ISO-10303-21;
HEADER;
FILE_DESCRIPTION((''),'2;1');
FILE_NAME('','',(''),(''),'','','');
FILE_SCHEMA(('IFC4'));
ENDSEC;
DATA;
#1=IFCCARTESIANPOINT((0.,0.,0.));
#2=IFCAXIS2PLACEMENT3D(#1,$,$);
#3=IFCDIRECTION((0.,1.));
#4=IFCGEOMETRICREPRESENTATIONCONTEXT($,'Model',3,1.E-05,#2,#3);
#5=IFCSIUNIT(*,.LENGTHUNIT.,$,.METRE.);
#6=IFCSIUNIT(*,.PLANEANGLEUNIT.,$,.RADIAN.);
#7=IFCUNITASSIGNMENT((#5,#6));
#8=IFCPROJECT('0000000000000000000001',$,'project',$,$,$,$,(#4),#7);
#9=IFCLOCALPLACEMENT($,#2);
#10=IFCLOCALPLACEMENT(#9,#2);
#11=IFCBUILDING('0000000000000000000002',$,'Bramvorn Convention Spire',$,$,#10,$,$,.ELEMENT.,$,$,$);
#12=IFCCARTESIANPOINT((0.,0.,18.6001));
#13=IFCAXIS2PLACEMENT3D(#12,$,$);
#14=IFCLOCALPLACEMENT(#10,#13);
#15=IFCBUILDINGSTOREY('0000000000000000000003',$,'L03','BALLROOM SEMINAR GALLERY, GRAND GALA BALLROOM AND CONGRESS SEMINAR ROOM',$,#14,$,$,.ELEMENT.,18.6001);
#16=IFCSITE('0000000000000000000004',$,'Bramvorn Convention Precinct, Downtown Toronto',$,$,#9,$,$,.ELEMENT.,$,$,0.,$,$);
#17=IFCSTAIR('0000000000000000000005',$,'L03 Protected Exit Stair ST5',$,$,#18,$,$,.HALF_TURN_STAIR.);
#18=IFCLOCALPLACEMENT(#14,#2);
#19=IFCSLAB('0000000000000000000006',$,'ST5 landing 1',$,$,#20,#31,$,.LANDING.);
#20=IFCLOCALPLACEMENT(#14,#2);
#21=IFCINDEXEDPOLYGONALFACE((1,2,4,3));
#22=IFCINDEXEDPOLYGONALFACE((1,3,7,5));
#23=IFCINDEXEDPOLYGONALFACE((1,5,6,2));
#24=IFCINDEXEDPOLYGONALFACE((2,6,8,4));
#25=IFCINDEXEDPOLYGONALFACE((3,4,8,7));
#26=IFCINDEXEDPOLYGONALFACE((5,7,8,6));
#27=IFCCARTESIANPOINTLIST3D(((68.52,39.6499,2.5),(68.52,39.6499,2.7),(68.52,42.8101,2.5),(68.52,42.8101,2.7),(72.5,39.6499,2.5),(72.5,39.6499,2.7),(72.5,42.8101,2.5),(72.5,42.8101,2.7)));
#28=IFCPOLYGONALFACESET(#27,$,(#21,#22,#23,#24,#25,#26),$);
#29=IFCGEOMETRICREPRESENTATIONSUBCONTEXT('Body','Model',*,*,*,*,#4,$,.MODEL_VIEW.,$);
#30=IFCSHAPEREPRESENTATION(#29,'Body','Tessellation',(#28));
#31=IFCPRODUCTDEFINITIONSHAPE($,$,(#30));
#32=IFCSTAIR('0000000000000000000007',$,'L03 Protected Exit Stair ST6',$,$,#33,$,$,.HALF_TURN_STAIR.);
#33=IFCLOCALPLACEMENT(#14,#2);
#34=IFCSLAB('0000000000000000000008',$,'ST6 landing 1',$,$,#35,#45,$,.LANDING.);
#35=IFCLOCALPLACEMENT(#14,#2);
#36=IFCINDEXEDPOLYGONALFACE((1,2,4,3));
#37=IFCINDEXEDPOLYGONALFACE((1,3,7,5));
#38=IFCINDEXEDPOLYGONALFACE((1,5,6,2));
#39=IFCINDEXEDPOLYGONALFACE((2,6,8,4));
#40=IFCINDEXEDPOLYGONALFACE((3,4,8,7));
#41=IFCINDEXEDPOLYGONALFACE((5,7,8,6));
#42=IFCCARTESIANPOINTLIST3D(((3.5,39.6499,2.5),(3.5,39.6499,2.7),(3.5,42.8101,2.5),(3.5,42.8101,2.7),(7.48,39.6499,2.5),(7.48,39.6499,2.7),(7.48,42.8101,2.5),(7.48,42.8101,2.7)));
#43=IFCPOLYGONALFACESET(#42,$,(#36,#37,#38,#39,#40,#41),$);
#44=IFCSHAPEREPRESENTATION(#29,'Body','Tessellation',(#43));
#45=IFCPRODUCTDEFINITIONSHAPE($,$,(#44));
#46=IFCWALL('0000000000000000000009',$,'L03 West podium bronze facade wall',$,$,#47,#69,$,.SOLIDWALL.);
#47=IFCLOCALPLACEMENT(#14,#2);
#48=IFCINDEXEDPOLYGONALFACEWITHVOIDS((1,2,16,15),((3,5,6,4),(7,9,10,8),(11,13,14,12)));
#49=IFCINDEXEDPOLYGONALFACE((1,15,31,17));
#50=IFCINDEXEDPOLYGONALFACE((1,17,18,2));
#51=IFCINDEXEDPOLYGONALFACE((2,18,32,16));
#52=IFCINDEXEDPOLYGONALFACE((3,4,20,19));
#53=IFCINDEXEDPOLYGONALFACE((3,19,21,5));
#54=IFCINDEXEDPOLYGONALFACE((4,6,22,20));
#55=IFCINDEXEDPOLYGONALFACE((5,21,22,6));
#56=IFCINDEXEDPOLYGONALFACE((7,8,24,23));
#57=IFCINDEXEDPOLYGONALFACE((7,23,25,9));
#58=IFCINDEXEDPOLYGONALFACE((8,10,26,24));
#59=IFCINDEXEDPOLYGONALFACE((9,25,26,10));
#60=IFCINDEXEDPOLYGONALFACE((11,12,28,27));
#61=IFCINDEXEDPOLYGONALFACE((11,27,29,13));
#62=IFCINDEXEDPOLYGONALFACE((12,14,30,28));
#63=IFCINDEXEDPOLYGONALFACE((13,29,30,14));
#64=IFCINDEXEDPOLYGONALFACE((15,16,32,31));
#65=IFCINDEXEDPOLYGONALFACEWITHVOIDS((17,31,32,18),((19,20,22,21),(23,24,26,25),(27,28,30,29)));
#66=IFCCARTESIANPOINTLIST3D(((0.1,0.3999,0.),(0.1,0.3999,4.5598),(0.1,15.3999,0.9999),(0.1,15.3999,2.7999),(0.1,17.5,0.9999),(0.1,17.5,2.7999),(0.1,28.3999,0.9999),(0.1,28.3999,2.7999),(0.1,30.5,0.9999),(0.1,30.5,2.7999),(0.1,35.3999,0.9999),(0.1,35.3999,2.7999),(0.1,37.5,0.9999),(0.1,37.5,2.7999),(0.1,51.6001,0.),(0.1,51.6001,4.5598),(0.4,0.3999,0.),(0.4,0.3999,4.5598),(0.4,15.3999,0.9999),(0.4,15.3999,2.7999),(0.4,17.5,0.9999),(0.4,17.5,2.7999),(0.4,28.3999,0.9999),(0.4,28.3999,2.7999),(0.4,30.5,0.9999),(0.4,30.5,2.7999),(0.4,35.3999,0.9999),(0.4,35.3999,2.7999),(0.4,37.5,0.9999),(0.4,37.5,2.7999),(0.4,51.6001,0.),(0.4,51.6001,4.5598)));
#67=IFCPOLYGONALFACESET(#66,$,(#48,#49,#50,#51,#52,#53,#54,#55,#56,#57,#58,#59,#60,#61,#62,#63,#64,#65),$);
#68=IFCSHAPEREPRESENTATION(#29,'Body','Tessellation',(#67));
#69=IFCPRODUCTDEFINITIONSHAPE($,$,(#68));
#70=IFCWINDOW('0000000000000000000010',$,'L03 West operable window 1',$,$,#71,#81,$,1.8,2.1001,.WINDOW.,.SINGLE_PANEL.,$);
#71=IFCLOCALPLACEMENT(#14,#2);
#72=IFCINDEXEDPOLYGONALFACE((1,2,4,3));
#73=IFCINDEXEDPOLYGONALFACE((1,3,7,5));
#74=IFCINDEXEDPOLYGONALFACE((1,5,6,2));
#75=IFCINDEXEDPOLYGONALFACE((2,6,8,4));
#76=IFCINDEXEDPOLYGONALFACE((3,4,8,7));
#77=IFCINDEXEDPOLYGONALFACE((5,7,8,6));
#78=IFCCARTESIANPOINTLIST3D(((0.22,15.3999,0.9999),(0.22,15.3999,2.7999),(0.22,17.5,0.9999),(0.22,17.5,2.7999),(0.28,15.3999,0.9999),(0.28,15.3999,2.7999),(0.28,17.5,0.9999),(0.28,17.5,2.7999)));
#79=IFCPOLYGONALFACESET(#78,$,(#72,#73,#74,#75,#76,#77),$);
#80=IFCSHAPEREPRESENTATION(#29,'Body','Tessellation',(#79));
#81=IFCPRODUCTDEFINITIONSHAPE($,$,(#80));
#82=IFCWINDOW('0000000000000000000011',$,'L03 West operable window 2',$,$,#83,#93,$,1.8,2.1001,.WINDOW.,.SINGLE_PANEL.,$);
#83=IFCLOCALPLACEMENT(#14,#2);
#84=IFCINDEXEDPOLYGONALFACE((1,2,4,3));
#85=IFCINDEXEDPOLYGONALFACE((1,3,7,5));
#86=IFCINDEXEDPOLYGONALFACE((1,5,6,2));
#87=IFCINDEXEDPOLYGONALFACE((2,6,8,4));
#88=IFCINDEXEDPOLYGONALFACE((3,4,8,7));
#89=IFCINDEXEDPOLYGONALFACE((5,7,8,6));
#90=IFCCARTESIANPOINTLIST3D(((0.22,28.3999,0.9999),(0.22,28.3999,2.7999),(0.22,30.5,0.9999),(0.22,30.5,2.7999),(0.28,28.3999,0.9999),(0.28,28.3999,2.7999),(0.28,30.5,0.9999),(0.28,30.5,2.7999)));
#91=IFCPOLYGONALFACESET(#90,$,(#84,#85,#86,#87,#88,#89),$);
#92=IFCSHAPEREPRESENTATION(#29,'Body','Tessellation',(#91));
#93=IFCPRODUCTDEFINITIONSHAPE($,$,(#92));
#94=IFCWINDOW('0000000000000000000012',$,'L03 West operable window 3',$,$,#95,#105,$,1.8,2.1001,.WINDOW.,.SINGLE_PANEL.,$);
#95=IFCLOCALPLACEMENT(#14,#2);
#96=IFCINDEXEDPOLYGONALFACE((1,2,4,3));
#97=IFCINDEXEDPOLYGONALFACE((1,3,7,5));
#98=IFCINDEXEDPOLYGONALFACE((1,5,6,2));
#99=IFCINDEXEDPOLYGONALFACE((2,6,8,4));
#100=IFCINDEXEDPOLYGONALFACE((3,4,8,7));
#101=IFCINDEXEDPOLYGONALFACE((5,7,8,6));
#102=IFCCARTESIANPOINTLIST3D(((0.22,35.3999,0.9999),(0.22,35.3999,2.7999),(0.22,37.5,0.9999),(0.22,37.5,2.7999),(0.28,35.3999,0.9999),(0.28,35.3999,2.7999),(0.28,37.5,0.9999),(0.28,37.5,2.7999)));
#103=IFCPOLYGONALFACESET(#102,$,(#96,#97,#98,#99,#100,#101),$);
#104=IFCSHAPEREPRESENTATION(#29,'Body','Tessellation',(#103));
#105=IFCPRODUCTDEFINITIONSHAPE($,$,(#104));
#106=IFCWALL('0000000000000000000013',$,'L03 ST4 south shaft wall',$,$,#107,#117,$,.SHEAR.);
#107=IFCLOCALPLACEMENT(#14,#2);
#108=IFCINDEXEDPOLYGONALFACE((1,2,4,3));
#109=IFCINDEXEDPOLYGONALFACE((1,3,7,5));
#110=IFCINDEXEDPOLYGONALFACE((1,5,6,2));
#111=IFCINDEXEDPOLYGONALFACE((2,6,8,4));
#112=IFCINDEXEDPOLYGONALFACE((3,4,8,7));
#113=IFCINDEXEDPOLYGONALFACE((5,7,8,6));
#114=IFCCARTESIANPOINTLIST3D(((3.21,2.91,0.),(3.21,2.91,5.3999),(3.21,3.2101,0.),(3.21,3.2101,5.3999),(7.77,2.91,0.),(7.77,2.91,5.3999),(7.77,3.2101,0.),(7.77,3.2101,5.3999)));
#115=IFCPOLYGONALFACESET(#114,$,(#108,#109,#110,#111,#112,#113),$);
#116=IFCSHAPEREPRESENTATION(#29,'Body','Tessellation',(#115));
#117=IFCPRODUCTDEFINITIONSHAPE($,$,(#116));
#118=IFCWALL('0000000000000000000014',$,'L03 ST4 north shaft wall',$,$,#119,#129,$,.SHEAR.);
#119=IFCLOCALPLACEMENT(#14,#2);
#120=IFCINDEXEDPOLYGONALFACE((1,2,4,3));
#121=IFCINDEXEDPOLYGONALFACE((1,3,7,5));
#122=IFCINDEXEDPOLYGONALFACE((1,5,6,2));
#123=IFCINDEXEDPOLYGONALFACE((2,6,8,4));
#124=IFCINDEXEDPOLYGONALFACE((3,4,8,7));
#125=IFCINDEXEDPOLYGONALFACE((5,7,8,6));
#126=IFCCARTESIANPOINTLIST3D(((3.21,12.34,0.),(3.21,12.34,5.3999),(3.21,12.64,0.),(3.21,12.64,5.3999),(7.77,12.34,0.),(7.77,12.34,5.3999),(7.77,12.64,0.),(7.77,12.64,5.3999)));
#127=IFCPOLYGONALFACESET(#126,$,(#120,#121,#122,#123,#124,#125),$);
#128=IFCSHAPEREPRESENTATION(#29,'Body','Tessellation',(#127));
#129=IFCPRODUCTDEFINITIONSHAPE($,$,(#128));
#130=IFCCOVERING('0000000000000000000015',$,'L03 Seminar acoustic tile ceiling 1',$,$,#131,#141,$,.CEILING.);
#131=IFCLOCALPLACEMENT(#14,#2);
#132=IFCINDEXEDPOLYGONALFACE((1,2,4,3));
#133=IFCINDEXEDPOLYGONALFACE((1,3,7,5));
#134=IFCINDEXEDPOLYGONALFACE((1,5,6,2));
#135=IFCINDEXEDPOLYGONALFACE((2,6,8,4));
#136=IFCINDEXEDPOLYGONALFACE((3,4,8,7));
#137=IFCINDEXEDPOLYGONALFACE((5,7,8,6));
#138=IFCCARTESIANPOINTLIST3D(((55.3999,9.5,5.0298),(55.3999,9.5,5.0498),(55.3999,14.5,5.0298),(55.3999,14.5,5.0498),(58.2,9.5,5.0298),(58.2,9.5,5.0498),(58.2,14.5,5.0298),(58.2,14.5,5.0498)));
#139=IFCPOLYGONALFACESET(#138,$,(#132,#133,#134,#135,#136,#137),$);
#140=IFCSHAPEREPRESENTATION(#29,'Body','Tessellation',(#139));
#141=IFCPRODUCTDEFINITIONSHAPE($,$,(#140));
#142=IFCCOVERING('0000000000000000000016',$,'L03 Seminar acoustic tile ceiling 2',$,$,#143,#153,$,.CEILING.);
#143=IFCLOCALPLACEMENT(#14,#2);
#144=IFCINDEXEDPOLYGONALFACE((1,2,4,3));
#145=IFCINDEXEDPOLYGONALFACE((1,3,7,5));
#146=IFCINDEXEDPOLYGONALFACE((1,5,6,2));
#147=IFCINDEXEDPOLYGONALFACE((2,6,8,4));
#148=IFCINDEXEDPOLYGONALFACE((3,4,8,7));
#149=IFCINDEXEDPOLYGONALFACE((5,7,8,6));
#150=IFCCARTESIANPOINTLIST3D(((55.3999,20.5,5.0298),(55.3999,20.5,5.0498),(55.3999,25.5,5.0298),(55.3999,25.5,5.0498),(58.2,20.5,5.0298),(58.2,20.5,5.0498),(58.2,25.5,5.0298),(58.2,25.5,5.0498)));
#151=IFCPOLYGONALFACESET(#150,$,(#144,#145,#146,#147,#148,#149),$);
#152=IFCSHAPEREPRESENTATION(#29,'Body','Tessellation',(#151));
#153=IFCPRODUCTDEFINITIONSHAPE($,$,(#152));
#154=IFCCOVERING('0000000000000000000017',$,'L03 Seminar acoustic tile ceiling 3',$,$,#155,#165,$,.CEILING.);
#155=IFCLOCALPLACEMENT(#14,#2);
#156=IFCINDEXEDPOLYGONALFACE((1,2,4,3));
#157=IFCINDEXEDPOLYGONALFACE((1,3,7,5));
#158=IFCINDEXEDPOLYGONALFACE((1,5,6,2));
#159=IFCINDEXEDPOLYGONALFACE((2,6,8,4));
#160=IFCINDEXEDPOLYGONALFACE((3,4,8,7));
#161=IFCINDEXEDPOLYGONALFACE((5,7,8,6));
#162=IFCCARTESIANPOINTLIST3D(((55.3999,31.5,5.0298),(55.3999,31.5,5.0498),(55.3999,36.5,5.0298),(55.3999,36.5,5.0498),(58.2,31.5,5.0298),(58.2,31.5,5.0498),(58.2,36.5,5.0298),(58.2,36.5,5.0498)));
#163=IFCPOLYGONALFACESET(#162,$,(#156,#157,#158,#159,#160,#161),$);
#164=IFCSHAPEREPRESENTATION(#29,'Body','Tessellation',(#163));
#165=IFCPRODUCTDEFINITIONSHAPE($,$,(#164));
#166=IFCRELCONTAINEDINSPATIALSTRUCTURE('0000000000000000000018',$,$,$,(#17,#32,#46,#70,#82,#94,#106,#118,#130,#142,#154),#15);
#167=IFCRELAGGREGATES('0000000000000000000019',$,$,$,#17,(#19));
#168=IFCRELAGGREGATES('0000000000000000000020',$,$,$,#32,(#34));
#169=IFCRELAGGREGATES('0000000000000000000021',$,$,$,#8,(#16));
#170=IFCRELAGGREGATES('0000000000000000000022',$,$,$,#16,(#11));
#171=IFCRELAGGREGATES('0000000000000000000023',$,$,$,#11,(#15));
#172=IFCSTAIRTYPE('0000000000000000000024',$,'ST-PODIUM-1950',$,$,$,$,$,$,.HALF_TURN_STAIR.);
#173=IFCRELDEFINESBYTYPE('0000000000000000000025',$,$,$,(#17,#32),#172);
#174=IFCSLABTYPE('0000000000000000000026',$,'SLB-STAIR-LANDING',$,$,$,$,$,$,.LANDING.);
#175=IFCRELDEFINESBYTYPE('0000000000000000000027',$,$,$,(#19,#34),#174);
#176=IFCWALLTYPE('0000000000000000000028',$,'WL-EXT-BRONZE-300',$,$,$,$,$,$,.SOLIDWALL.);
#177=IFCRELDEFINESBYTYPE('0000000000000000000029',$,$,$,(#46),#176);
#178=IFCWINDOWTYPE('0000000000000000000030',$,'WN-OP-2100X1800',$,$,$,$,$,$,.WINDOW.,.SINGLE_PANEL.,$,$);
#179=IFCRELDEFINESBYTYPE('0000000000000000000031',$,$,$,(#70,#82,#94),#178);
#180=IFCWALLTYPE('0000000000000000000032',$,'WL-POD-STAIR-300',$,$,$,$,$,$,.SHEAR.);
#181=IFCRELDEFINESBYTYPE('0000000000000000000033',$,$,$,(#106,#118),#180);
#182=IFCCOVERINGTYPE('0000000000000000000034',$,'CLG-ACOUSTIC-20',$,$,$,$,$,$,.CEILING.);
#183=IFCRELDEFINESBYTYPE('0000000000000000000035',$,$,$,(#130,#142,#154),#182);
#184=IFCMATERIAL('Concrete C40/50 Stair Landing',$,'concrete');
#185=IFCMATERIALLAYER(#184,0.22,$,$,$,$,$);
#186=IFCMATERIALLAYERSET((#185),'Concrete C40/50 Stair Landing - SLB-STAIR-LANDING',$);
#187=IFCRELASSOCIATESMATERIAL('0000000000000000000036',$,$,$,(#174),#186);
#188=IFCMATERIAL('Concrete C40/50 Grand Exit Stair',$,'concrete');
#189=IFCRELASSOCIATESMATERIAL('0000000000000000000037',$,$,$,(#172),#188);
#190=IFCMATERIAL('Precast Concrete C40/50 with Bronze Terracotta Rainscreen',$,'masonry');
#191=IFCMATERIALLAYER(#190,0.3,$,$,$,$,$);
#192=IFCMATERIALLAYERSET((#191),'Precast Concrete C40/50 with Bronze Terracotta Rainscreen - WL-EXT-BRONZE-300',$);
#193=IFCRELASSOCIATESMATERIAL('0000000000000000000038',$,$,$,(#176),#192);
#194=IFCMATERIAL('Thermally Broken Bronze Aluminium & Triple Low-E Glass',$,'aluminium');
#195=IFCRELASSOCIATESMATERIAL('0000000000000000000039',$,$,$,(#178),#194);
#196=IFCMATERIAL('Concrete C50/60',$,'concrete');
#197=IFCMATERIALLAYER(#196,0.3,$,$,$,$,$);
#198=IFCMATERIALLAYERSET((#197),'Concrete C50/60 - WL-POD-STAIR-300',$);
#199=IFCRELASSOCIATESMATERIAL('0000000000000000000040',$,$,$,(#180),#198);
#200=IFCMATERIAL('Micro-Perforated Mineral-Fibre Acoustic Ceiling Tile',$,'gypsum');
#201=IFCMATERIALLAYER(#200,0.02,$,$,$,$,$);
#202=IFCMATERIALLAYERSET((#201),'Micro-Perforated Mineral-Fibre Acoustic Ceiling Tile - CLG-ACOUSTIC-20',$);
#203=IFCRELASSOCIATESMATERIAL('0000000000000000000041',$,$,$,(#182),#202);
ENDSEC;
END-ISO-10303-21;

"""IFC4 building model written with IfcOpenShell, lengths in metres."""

from ifc_helpers import new_model, si_unit, direction, frame, frame_2d, origin, place, context, subcontext, project, spatial, polyline, rectangle, outline, extrude, material, layer, layer_set, type_object, element, fill, aggregate, save


model = new_model("IFC4")

# Units and contexts
model_context = context("Model", 3, precision=1e-05, world=origin(), true_north=direction((0.0, 1.0)))
body_context = subcontext(model_context, "Body", "Model", "MODEL_VIEW")
ifc_project = project(units=[si_unit("LENGTHUNIT", "METRE"), si_unit("PLANEANGLEUNIT", "RADIAN")], contexts=[model_context])

# Site, building, storey
site_placement = place(None, origin())
site = spatial("IfcSite", under=ifc_project, at=site_placement, Name="Bramvorn Convention Precinct, Downtown Toronto", CompositionType="ELEMENT", RefElevation=0.0)
building_placement = place(site_placement, origin())
building = spatial("IfcBuilding", under=site, at=building_placement, Name="Bramvorn Convention Spire", CompositionType="ELEMENT")
storey_placement = place(building_placement, frame((0.0, 0.0, 18.6001)))
storey = spatial("IfcBuildingStorey", under=building, at=storey_placement, Name="L03", Description="BALLROOM SEMINAR GALLERY, GRAND GALA BALLROOM AND CONGRESS SEMINAR ROOM", CompositionType="ELEMENT", Elevation=18.6001)

# Shared definitions
ifc_material_1 = material(Name="Concrete C50/60", Category="concrete")

# Stairs, slabs
ifc_material_2 = material(Name="Concrete C40/50 Stair Landing", Category="concrete")
ifc_layer_1 = layer(ifc_material_2, 0.22)
ifc_layer_set_1 = layer_set([ifc_layer_1], Name="Concrete C40/50 Stair Landing - SLB-STAIR-LANDING")
slab_type_1 = type_object("IfcSlabType", Name="SLB-STAIR-LANDING", PredefinedType="LANDING", material=ifc_layer_set_1)
ifc_material_3 = material(Name="Concrete C40/50 Grand Exit Stair", Category="concrete")
stair_type_1 = type_object("IfcStairType", Name="ST-PODIUM-1950", PredefinedType="HALF_TURN_STAIR", material=ifc_material_3)
stair_1_placement = place(storey_placement, origin())
stair_1 = element("IfcStair", 1, at=stair_1_placement, inside=storey, type_object=stair_type_1, Name="L03 Protected Exit Stair ST5", PredefinedType="HALF_TURN_STAIR")
slab_1_placement = place(storey_placement, frame((0.0, 0.0, 2.5)))
slab_1 = element("IfcSlab", 2, at=slab_1_placement, type_object=slab_type_1, Name="ST5 landing 1", PredefinedType="LANDING", context=body_context, shape_type="SweptSolid", body=[
    extrude(outline(polyline([(68.52, 42.8101), (68.52, 39.6499), (72.5, 39.6499), (72.5, 42.8101), (68.52, 42.8101)])), origin(), (0.0, 0.0, 1.0), 0.2),
])
aggregate(stair_1, [slab_1])
stair_2_placement = place(storey_placement, origin())
stair_2 = element("IfcStair", 3, at=stair_2_placement, inside=storey, type_object=stair_type_1, Name="L03 Protected Exit Stair ST6", PredefinedType="HALF_TURN_STAIR")
slab_2_placement = place(storey_placement, frame((0.0, 0.0, 2.5)))
slab_2 = element("IfcSlab", 4, at=slab_2_placement, type_object=slab_type_1, Name="ST6 landing 1", PredefinedType="LANDING", context=body_context, shape_type="SweptSolid", body=[
    extrude(outline(polyline([(3.5, 42.8101), (3.5, 39.6499), (7.48, 39.6499), (7.48, 42.8101), (3.5, 42.8101)])), origin(), (0.0, 0.0, 1.0), 0.2),
])
aggregate(stair_2, [slab_2])

# Wall, openings, windows
ifc_material_4 = material(Name="Precast Concrete C40/50 with Bronze Terracotta Rainscreen", Category="masonry")
ifc_layer_2 = layer(ifc_material_4, 0.3)
ifc_layer_set_2 = layer_set([ifc_layer_2], Name="Precast Concrete C40/50 with Bronze Terracotta Rainscreen - WL-EXT-BRONZE-300")
wall_type_1 = type_object("IfcWallType", Name="WL-EXT-BRONZE-300", PredefinedType="SOLIDWALL", material=ifc_layer_set_2)
wall_placement = place(storey_placement, frame((0.25, 0.3999, 0.0), z_axis=(0.0, 0.0, 1.0), x_axis=(0.0, 1.0, 0.0)))
wall = element("IfcWall", 5, at=wall_placement, inside=storey, type_object=wall_type_1, Name="L03 West podium bronze facade wall", PredefinedType="SOLIDWALL", context=body_context, shape_type="SweptSolid", body=[
    extrude(rectangle(XDim=51.2002, YDim=0.3, at=frame_2d((25.6001, 0.0))), origin(), (0.0, 0.0, 1.0), 4.5598),
])
opening_1_placement = place(wall_placement, frame((15.0, 0.0, 1.0)))
opening_1 = element("IfcOpeningElement", 6, at=opening_1_placement, cuts=wall, PredefinedType="OPENING", context=body_context, shape_type="SweptSolid", body=[
    extrude(rectangle(XDim=2.1001, YDim=1.8, at=frame_2d((1.05, 0.8999))), frame((0.0, 0.1599, 0.0), z_axis=(0.0, -1.0, 0.0), x_axis=(1.0, 0.0, 0.0)), (0.0, 0.0, 1.0), 0.3201),
])
opening_2_placement = place(wall_placement, frame((28.0, 0.0, 1.0)))
opening_2 = element("IfcOpeningElement", 7, at=opening_2_placement, cuts=wall, PredefinedType="OPENING", context=body_context, shape_type="SweptSolid", body=[
    extrude(rectangle(XDim=2.1001, YDim=1.8, at=frame_2d((1.05, 0.8999))), frame((0.0, 0.1599, 0.0), z_axis=(0.0, -1.0, 0.0), x_axis=(1.0, 0.0, 0.0)), (0.0, 0.0, 1.0), 0.3201),
])
opening_3_placement = place(wall_placement, frame((35.0, 0.0, 1.0)))
opening_3 = element("IfcOpeningElement", 8, at=opening_3_placement, cuts=wall, PredefinedType="OPENING", context=body_context, shape_type="SweptSolid", body=[
    extrude(rectangle(XDim=2.1001, YDim=1.8, at=frame_2d((1.05, 0.8999))), frame((0.0, 0.1599, 0.0), z_axis=(0.0, -1.0, 0.0), x_axis=(1.0, 0.0, 0.0)), (0.0, 0.0, 1.0), 0.3201),
])
ifc_material_5 = material(Name="Thermally Broken Bronze Aluminium & Triple Low-E Glass", Category="aluminium")
window_type = type_object("IfcWindowType", Name="WN-OP-2100X1800", PartitioningType="SINGLE_PANEL", PredefinedType="WINDOW", material=ifc_material_5)
window_1_placement = place(opening_1_placement, origin())
window_1 = element("IfcWindow", 9, at=window_1_placement, inside=storey, type_object=window_type, Name="L03 West operable window 1", OverallHeight=1.8, OverallWidth=2.1001, PartitioningType="SINGLE_PANEL", PredefinedType="WINDOW", context=body_context, shape_type="SweptSolid", body=[
    extrude(rectangle(XDim=2.1001, YDim=1.8, at=frame_2d((1.05, 0.8999))), frame((0.0, 0.03, 0.0), z_axis=(0.0, -1.0, 0.0), x_axis=(1.0, 0.0, 0.0)), (0.0, 0.0, 1.0), 0.0601),
])
fill(opening_1, window_1)
window_2_placement = place(opening_2_placement, origin())
window_2 = element("IfcWindow", 10, at=window_2_placement, inside=storey, type_object=window_type, Name="L03 West operable window 2", OverallHeight=1.8, OverallWidth=2.1001, PartitioningType="SINGLE_PANEL", PredefinedType="WINDOW", context=body_context, shape_type="SweptSolid", body=[
    extrude(rectangle(XDim=2.1001, YDim=1.8, at=frame_2d((1.05, 0.8999))), frame((0.0, 0.03, 0.0), z_axis=(0.0, -1.0, 0.0), x_axis=(1.0, 0.0, 0.0)), (0.0, 0.0, 1.0), 0.0601),
])
fill(opening_2, window_2)
window_3_placement = place(opening_3_placement, origin())
window_3 = element("IfcWindow", 11, at=window_3_placement, inside=storey, type_object=window_type, Name="L03 West operable window 3", OverallHeight=1.8, OverallWidth=2.1001, PartitioningType="SINGLE_PANEL", PredefinedType="WINDOW", context=body_context, shape_type="SweptSolid", body=[
    extrude(rectangle(XDim=2.1001, YDim=1.8, at=frame_2d((1.05, 0.8999))), frame((0.0, 0.03, 0.0), z_axis=(0.0, -1.0, 0.0), x_axis=(1.0, 0.0, 0.0)), (0.0, 0.0, 1.0), 0.0601),
])
fill(opening_3, window_3)

# Walls
ifc_layer_3 = layer(ifc_material_1, 0.3)
ifc_layer_set_3 = layer_set([ifc_layer_3], Name="Concrete C50/60 - WL-POD-STAIR-300")
wall_type_2 = type_object("IfcWallType", Name="WL-POD-STAIR-300", PredefinedType="SHEAR", material=ifc_layer_set_3)
for number, where, z_axis, x_axis, name in (
    (12, (3.21, 3.0601, 0.0), (0.0, 0.0, 1.0), (1.0, 0.0, 0.0), "L03 ST4 south shaft wall"),
    (13, (3.21, 12.49, 0.0), (0.0, 0.0, 1.0), (1.0, 0.0, 0.0), "L03 ST4 north shaft wall"),
):
    element("IfcWall", number, at=place(storey_placement, frame(where, z_axis=z_axis, x_axis=x_axis)), inside=storey, type_object=wall_type_2, Name=name, PredefinedType="SHEAR", context=body_context, shape_type="SweptSolid", body=[
        extrude(rectangle(XDim=4.5601, YDim=0.3, at=frame_2d((2.28, 0.0))), origin(), (0.0, 0.0, 1.0), 5.3999),
    ])

# Coverings
ifc_material_6 = material(Name="Micro-Perforated Mineral-Fibre Acoustic Ceiling Tile", Category="gypsum")
ifc_layer_4 = layer(ifc_material_6, 0.02)
ifc_layer_set_4 = layer_set([ifc_layer_4], Name="Micro-Perforated Mineral-Fibre Acoustic Ceiling Tile - CLG-ACOUSTIC-20")
covering_type = type_object("IfcCoveringType", Name="CLG-ACOUSTIC-20", PredefinedType="CEILING", material=ifc_layer_set_4)
covering_1_placement = place(storey_placement, frame((0.0, 0.0, 5.0298)))
element("IfcCovering", 14, at=covering_1_placement, inside=storey, type_object=covering_type, Name="L03 Seminar acoustic tile ceiling 1", PredefinedType="CEILING", context=body_context, shape_type="SweptSolid", body=[
    extrude(outline(polyline([(55.3999, 9.5), (58.2, 9.5), (58.2, 14.5), (55.3999, 14.5), (55.3999, 9.5)])), origin(), (0.0, 0.0, 1.0), 0.02),
])
covering_2_placement = place(storey_placement, frame((0.0, 0.0, 5.0298)))
element("IfcCovering", 15, at=covering_2_placement, inside=storey, type_object=covering_type, Name="L03 Seminar acoustic tile ceiling 2", PredefinedType="CEILING", context=body_context, shape_type="SweptSolid", body=[
    extrude(outline(polyline([(55.3999, 20.5), (58.2, 20.5), (58.2, 25.5), (55.3999, 25.5), (55.3999, 20.5)])), origin(), (0.0, 0.0, 1.0), 0.02),
])
covering_3_placement = place(storey_placement, frame((0.0, 0.0, 5.0298)))
element("IfcCovering", 16, at=covering_3_placement, inside=storey, type_object=covering_type, Name="L03 Seminar acoustic tile ceiling 3", PredefinedType="CEILING", context=body_context, shape_type="SweptSolid", body=[
    extrude(outline(polyline([(55.3999, 31.5), (58.2, 31.5), (58.2, 36.5), (55.3999, 36.5), (55.3999, 31.5)])), origin(), (0.0, 0.0, 1.0), 0.02),
])

save(model, "model.ifc")
